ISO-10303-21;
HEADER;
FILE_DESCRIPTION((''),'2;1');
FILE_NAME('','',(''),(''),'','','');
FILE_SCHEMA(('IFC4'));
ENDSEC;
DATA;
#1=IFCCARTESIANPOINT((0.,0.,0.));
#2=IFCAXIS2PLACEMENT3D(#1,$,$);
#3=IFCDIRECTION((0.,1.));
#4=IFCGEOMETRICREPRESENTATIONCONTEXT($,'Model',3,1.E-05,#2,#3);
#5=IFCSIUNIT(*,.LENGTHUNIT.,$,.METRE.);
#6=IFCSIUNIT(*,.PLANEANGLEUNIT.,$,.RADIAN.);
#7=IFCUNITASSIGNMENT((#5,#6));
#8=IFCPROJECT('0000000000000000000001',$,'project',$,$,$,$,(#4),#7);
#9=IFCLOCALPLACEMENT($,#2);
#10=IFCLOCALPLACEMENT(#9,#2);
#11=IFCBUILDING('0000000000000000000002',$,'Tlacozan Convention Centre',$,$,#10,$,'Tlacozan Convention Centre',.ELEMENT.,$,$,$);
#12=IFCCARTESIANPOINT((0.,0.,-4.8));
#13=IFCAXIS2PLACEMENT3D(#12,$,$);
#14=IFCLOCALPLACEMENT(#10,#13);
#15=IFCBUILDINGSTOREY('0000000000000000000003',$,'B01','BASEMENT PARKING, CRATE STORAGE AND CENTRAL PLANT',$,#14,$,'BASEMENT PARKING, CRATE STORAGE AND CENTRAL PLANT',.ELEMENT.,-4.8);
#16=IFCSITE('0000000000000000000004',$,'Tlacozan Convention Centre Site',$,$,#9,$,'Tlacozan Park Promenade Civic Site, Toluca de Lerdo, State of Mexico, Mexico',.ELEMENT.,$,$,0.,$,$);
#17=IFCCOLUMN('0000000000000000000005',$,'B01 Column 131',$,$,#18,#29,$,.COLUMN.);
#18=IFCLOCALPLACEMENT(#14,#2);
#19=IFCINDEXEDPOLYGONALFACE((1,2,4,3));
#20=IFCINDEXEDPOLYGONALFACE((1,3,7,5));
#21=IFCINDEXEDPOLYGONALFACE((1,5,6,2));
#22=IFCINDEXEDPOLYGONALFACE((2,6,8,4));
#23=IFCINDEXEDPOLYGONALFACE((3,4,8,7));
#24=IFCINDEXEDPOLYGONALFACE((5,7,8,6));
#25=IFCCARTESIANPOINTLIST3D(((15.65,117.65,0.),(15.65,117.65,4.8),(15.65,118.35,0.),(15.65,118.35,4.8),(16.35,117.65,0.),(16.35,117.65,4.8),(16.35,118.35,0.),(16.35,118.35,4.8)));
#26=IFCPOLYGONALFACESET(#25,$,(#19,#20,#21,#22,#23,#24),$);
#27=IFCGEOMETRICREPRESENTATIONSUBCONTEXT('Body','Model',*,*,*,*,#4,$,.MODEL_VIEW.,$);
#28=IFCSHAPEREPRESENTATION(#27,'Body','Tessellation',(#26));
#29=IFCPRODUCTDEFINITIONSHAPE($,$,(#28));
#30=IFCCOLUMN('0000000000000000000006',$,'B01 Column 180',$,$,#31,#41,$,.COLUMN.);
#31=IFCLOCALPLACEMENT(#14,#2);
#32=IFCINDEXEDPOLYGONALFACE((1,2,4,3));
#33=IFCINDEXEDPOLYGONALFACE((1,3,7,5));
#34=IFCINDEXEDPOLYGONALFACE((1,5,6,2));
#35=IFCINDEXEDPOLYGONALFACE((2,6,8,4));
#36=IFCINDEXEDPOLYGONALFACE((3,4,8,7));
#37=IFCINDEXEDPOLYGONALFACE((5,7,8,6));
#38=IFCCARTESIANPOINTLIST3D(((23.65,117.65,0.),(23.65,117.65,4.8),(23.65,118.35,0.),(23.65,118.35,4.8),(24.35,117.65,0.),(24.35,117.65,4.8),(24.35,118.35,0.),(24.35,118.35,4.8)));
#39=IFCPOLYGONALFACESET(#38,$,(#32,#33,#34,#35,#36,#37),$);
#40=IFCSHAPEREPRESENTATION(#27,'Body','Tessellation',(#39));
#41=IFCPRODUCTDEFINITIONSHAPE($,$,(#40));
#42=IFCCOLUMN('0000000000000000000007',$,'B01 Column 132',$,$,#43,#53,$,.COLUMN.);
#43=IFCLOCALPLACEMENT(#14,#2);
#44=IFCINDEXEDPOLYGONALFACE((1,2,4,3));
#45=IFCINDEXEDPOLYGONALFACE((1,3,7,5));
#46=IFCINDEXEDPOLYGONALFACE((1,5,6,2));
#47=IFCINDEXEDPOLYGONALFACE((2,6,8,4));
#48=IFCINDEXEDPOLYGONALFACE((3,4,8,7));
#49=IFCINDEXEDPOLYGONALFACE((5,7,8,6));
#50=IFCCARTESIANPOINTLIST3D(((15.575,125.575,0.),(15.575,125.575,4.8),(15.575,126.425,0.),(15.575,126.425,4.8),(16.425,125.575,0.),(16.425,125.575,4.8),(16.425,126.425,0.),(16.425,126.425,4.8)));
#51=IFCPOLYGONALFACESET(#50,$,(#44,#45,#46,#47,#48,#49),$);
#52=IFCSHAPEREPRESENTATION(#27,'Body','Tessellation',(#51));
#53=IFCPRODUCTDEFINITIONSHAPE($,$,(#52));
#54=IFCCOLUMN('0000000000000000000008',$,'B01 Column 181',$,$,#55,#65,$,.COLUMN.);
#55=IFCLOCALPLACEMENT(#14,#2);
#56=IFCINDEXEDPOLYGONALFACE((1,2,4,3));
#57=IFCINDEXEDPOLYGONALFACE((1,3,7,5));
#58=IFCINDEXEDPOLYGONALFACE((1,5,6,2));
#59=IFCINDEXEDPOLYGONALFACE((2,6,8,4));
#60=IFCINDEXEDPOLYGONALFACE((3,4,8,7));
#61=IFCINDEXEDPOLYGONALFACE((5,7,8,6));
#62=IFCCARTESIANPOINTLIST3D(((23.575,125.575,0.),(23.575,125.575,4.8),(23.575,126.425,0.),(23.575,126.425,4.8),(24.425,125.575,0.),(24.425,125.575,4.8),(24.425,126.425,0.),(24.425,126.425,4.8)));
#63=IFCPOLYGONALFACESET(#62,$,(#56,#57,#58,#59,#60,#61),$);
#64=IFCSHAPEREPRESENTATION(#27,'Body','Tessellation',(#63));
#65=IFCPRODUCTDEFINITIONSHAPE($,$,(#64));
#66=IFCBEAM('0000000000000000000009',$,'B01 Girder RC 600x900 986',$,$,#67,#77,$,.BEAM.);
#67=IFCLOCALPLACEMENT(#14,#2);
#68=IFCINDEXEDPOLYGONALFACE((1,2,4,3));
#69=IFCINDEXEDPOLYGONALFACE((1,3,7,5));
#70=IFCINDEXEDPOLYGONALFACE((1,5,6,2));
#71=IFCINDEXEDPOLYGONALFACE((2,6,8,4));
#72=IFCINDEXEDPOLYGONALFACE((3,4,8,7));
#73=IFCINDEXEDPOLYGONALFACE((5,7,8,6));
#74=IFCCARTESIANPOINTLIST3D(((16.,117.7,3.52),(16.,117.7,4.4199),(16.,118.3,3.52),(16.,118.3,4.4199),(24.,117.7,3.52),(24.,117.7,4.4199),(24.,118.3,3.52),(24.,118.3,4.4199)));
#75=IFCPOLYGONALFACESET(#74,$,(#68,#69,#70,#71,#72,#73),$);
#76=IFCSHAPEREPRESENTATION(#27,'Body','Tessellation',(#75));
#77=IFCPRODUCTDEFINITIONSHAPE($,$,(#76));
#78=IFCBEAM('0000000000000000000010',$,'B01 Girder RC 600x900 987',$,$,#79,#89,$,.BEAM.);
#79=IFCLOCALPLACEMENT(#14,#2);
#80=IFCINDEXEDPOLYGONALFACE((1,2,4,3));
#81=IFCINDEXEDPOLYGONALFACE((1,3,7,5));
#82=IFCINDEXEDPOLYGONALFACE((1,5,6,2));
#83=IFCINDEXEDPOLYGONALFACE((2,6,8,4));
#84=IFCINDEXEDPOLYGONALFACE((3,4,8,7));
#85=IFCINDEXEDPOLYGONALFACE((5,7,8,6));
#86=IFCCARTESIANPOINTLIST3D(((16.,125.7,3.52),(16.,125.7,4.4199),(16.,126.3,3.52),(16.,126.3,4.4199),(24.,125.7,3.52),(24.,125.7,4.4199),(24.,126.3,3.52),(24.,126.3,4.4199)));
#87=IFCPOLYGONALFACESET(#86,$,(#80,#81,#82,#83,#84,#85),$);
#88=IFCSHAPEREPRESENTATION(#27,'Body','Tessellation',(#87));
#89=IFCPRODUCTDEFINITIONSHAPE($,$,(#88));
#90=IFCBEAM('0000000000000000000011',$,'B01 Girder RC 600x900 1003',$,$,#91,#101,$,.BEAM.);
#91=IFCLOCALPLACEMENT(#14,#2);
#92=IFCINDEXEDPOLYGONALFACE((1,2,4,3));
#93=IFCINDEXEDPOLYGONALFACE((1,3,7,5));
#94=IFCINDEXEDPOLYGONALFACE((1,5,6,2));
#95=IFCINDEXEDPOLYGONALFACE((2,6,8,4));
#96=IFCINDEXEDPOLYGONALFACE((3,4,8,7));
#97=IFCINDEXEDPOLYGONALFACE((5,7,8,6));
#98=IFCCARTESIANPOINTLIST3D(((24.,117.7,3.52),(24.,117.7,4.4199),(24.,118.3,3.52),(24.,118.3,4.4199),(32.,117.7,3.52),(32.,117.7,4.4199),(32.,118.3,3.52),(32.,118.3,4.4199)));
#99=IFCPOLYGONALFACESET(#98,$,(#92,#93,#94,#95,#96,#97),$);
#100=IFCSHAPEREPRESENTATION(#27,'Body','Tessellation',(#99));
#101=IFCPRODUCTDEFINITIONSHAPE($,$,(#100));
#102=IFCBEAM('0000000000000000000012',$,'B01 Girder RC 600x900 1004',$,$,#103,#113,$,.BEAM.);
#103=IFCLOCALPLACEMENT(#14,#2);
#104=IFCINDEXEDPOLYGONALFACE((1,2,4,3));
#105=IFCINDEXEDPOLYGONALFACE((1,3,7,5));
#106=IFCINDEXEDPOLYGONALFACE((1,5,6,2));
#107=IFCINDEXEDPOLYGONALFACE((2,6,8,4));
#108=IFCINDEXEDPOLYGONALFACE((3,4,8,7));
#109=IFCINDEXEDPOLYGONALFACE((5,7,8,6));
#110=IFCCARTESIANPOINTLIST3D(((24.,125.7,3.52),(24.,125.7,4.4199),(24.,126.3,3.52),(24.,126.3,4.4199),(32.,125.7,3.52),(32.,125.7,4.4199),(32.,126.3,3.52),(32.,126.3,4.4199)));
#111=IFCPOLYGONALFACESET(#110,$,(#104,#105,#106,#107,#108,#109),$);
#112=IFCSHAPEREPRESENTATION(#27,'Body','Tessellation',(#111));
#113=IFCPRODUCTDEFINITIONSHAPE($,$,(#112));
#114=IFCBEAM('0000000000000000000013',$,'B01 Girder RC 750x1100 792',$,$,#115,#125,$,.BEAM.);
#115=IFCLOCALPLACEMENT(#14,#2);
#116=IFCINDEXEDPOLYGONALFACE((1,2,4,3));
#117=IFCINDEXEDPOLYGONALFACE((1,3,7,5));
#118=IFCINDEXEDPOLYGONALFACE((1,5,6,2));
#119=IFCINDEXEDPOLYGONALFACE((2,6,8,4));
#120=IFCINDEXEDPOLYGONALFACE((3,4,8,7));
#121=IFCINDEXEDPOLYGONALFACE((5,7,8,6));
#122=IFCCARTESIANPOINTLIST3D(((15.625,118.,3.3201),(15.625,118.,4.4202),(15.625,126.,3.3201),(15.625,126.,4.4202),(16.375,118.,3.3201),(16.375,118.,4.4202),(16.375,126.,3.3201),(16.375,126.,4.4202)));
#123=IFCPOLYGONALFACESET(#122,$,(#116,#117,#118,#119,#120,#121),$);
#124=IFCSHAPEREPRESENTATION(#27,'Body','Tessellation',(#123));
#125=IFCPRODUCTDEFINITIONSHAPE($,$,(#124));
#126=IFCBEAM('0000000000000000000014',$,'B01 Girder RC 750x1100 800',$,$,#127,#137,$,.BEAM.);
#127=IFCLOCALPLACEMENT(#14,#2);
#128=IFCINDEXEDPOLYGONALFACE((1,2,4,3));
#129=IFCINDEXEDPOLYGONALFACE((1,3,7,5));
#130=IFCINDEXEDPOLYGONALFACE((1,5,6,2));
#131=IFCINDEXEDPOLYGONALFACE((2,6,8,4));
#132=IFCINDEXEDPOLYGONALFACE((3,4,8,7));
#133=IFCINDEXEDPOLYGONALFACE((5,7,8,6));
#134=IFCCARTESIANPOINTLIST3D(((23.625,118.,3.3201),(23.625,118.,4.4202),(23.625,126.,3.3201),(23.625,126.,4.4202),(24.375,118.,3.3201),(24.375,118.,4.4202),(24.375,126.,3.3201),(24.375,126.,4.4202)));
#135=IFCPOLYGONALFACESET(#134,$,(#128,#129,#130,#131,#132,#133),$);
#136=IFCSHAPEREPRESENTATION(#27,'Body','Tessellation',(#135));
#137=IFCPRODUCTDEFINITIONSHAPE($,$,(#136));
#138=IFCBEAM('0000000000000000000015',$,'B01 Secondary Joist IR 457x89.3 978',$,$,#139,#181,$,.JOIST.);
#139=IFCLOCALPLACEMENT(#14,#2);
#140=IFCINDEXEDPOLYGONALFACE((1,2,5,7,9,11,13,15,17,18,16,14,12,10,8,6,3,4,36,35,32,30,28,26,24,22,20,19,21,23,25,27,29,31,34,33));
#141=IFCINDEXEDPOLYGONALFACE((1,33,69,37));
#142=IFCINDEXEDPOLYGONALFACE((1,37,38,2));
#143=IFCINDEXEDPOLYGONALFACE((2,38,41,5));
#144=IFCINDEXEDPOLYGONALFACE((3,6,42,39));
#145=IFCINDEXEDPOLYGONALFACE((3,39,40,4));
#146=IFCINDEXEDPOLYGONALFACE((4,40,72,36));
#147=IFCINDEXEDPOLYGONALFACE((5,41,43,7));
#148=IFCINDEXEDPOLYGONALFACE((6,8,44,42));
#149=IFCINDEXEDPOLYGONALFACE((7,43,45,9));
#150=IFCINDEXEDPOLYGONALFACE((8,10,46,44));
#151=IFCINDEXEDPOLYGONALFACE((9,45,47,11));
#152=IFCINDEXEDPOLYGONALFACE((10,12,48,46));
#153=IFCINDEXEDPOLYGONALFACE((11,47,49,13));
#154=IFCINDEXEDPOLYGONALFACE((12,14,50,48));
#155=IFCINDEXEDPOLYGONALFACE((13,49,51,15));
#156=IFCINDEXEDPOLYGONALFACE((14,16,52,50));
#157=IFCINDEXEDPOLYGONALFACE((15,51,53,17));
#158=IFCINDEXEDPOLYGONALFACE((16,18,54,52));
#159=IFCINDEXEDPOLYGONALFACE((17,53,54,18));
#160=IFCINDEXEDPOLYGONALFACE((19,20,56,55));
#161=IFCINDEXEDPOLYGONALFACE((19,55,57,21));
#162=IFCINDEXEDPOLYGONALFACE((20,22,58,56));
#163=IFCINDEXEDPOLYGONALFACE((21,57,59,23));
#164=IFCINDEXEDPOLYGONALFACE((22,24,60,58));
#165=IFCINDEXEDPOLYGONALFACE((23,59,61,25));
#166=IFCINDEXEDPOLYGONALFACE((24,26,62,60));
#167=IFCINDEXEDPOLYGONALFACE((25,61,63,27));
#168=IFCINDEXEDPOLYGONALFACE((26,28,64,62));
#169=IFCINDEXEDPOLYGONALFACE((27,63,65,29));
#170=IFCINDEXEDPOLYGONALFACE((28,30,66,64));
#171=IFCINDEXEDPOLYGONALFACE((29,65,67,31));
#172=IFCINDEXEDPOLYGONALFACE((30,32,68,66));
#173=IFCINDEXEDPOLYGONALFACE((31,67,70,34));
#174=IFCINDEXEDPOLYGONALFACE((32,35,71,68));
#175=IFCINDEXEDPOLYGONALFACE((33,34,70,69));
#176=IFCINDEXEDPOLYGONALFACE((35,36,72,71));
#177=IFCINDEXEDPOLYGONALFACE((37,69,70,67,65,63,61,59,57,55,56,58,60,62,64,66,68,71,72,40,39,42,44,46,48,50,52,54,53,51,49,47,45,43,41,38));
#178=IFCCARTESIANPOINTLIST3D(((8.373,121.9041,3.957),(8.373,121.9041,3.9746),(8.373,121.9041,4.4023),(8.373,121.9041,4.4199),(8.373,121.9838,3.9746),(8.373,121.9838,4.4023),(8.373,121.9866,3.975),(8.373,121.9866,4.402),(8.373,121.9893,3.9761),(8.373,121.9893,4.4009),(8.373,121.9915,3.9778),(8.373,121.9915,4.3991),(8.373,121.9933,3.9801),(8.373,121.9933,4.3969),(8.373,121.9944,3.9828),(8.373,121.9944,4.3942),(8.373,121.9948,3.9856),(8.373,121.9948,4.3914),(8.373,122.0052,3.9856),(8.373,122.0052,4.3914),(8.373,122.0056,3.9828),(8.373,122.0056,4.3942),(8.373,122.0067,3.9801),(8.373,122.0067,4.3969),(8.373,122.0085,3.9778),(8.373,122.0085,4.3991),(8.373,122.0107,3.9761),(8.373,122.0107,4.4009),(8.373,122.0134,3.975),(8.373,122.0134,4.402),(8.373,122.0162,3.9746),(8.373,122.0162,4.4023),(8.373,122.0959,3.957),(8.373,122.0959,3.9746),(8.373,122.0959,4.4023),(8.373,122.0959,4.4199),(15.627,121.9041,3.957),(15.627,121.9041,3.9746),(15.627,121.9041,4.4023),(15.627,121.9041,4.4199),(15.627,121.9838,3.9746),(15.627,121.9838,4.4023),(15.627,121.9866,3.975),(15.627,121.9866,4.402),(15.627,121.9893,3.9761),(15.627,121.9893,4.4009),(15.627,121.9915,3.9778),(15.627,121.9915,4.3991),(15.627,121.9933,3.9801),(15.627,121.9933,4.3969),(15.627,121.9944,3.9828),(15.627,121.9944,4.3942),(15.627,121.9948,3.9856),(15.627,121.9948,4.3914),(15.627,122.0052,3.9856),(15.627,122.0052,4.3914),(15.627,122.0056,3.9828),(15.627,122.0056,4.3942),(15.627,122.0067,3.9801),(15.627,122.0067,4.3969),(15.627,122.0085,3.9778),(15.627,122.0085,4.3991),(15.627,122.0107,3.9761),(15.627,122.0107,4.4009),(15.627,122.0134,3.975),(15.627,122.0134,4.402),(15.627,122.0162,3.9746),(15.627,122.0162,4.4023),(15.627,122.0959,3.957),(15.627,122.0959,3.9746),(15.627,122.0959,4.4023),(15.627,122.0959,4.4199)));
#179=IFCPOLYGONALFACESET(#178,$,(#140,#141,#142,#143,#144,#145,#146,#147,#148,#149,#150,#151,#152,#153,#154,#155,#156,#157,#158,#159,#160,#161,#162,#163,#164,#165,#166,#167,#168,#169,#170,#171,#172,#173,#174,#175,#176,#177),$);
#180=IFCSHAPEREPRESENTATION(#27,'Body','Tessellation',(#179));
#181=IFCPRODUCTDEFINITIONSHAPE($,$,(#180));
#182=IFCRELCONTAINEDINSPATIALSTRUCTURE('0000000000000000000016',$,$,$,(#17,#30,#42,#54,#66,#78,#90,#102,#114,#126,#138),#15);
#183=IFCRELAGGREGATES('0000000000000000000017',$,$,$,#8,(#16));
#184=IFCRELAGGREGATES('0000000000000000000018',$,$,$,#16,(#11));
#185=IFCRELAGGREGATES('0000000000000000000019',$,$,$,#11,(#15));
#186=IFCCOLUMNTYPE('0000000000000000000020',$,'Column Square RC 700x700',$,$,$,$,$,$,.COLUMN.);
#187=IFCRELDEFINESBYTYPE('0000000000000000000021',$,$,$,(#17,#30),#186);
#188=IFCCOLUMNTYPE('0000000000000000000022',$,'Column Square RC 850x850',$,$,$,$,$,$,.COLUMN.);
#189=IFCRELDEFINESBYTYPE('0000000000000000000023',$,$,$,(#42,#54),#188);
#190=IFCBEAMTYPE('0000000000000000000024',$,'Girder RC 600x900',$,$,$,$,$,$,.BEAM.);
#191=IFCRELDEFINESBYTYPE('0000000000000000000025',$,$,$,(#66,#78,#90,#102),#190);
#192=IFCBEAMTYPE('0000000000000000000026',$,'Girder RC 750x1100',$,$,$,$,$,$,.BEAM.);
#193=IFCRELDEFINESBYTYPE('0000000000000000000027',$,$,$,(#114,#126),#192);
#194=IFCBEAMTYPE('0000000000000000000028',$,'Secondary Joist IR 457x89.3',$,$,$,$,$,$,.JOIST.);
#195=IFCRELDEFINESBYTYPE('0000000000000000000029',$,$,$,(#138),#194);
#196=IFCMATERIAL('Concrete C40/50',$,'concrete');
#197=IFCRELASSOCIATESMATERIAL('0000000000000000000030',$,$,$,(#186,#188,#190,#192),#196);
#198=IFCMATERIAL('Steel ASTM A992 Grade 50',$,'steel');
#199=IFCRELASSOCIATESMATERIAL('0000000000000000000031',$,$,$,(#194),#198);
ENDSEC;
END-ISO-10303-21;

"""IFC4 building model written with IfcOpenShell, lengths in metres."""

from ifc_helpers import new_model, si_unit, direction, frame, origin, origin_2d, place, context, subcontext, project, spatial, rectangle, i_section, extrude, material, material_profile, profile_set, type_object, element, save


model = new_model("IFC4")

# Units and contexts
model_context = context("Model", 3, precision=1e-05, world=origin(), true_north=direction((0.0, 1.0)))
body_context = subcontext(model_context, "Body", "Model", "MODEL_VIEW")
ifc_project = project(units=[si_unit("LENGTHUNIT", "METRE"), si_unit("PLANEANGLEUNIT", "RADIAN")], contexts=[model_context])

# Site, building, storey
site_placement = place(None, origin())
site = spatial("IfcSite", under=ifc_project, at=site_placement, Name="Tlacozan Convention Centre Site", LongName="Tlacozan Park Promenade Civic Site, Toluca de Lerdo, State of Mexico, Mexico", CompositionType="ELEMENT", RefElevation=0.0)
building_placement = place(site_placement, origin())
building = spatial("IfcBuilding", under=site, at=building_placement, Name="Tlacozan Convention Centre", LongName="Tlacozan Convention Centre", CompositionType="ELEMENT")
storey_placement = place(building_placement, frame((0.0, 0.0, -4.8)))
storey = spatial("IfcBuildingStorey", under=building, at=storey_placement, Name="B01", Description="BASEMENT PARKING, CRATE STORAGE AND CENTRAL PLANT", LongName="BASEMENT PARKING, CRATE STORAGE AND CENTRAL PLANT", CompositionType="ELEMENT", Elevation=-4.8)

# Columns
ifc_material_1 = material(Name="Concrete C40/50", Category="concrete")
ifc_material_profile_1 = material_profile(ifc_material_1, rectangle(XDim=0.7, YDim=0.7, at=origin_2d()), Name="RC 700x700")
ifc_profile_set_1 = profile_set([ifc_material_profile_1], Name="Concrete C40/50")
column_type_1 = type_object("IfcColumnType", Name="Column Square RC 700x700", PredefinedType="COLUMN", material=ifc_profile_set_1)
for number, where, z_axis, x_axis, name in (
    (1, (16.0, 118.0, 0.0), (0.0, 0.0, 1.0), (1.0, 0.0, 0.0), "B01 Column 131"),
    (2, (24.0, 118.0, 0.0), (0.0, 0.0, 1.0), (1.0, 0.0, 0.0), "B01 Column 180"),
):
    element("IfcColumn", number, at=place(storey_placement, frame(where, z_axis=z_axis, x_axis=x_axis)), inside=storey, type_object=column_type_1, Name=name, PredefinedType="COLUMN", context=body_context, shape_type="SweptSolid", body=[
        extrude(rectangle(XDim=0.7, YDim=0.7, at=origin_2d()), origin(), (0.0, 0.0, 1.0), 4.8),
    ])
ifc_material_profile_2 = material_profile(ifc_material_1, rectangle(XDim=0.8501, YDim=0.8501, at=origin_2d()), Name="RC 850x850")
ifc_profile_set_2 = profile_set([ifc_material_profile_2], Name="Concrete C40/50")
column_type_2 = type_object("IfcColumnType", Name="Column Square RC 850x850", PredefinedType="COLUMN", material=ifc_profile_set_2)
for number, where, z_axis, x_axis, name in (
    (3, (16.0, 126.0, 0.0), (0.0, 0.0, 1.0), (1.0, 0.0, 0.0), "B01 Column 132"),
    (4, (24.0, 126.0, 0.0), (0.0, 0.0, 1.0), (1.0, 0.0, 0.0), "B01 Column 181"),
):
    element("IfcColumn", number, at=place(storey_placement, frame(where, z_axis=z_axis, x_axis=x_axis)), inside=storey, type_object=column_type_2, Name=name, PredefinedType="COLUMN", context=body_context, shape_type="SweptSolid", body=[
        extrude(rectangle(XDim=0.8501, YDim=0.8501, at=origin_2d()), origin(), (0.0, 0.0, 1.0), 4.8),
    ])

# Beams
ifc_material_profile_3 = material_profile(ifc_material_1, rectangle(XDim=0.6001, YDim=0.8999, at=origin_2d()), Name="RC 600x900")
ifc_profile_set_3 = profile_set([ifc_material_profile_3], Name="Concrete C40/50")
beam_type_1 = type_object("IfcBeamType", Name="Girder RC 600x900", PredefinedType="BEAM", material=ifc_profile_set_3)
for number, where, z_axis, x_axis, name in (
    (5, (16.0, 118.0, 3.97), (1.0, 0.0, 0.0), (0.0, 1.0, 0.0), "B01 Girder RC 600x900 986"),
    (6, (16.0, 126.0, 3.97), (1.0, 0.0, 0.0), (0.0, 1.0, 0.0), "B01 Girder RC 600x900 987"),
    (7, (24.0, 118.0, 3.97), (1.0, 0.0, 0.0), (0.0, 1.0, 0.0), "B01 Girder RC 600x900 1003"),
    (8, (24.0, 126.0, 3.97), (1.0, 0.0, 0.0), (0.0, 1.0, 0.0), "B01 Girder RC 600x900 1004"),
):
    element("IfcBeam", number, at=place(storey_placement, frame(where, z_axis=z_axis, x_axis=x_axis)), inside=storey, type_object=beam_type_1, Name=name, PredefinedType="BEAM", context=body_context, shape_type="SweptSolid", body=[
        extrude(rectangle(XDim=0.6001, YDim=0.8999, at=origin_2d()), origin(), (0.0, 0.0, 1.0), 8.0),
    ])
ifc_material_profile_4 = material_profile(ifc_material_1, rectangle(XDim=0.75, YDim=1.1001, at=origin_2d()), Name="RC 750x1100")
ifc_profile_set_4 = profile_set([ifc_material_profile_4], Name="Concrete C40/50")
beam_type_2 = type_object("IfcBeamType", Name="Girder RC 750x1100", PredefinedType="BEAM", material=ifc_profile_set_4)
for number, where, z_axis, x_axis, name in (
    (9, (16.0, 118.0, 3.8701), (0.0, 1.0, 0.0), (-1.0, 0.0, 0.0), "B01 Girder RC 750x1100 792"),
    (10, (24.0, 118.0, 3.8701), (0.0, 1.0, 0.0), (-1.0, 0.0, 0.0), "B01 Girder RC 750x1100 800"),
):
    element("IfcBeam", number, at=place(storey_placement, frame(where, z_axis=z_axis, x_axis=x_axis)), inside=storey, type_object=beam_type_2, Name=name, PredefinedType="BEAM", context=body_context, shape_type="SweptSolid", body=[
        extrude(rectangle(XDim=0.75, YDim=1.1001, at=origin_2d()), origin(), (0.0, 0.0, 1.0), 8.0),
    ])
ifc_material_2 = material(Name="Steel ASTM A992 Grade 50", Category="steel")
ifc_material_profile_5 = material_profile(ifc_material_2, i_section(OverallWidth=0.1919, OverallDepth=0.4629, WebThickness=0.0105, FlangeThickness=0.0176, FilletRadius=0.011, at=origin_2d()), Name="IR 457x89.3")
ifc_profile_set_5 = profile_set([ifc_material_profile_5], Name="Steel ASTM A992 Grade 50")
beam_type_3 = type_object("IfcBeamType", Name="Secondary Joist IR 457x89.3", PredefinedType="JOIST", material=ifc_profile_set_5)
for number, where, z_axis, x_axis, name in (
    (11, (8.373, 122.0, 4.1885), (1.0, 0.0, 0.0), (0.0, 1.0, 0.0), "B01 Secondary Joist IR 457x89.3 978"),
):
    element("IfcBeam", number, at=place(storey_placement, frame(where, z_axis=z_axis, x_axis=x_axis)), inside=storey, type_object=beam_type_3, Name=name, PredefinedType="JOIST", context=body_context, shape_type="SweptSolid", body=[
        extrude(i_section(OverallWidth=0.1919, OverallDepth=0.4629, WebThickness=0.0105, FlangeThickness=0.0176, FilletRadius=0.011, at=origin_2d()), origin(), (0.0, 0.0, 1.0), 7.2539),
    ])

save(model, "model.ifc")
